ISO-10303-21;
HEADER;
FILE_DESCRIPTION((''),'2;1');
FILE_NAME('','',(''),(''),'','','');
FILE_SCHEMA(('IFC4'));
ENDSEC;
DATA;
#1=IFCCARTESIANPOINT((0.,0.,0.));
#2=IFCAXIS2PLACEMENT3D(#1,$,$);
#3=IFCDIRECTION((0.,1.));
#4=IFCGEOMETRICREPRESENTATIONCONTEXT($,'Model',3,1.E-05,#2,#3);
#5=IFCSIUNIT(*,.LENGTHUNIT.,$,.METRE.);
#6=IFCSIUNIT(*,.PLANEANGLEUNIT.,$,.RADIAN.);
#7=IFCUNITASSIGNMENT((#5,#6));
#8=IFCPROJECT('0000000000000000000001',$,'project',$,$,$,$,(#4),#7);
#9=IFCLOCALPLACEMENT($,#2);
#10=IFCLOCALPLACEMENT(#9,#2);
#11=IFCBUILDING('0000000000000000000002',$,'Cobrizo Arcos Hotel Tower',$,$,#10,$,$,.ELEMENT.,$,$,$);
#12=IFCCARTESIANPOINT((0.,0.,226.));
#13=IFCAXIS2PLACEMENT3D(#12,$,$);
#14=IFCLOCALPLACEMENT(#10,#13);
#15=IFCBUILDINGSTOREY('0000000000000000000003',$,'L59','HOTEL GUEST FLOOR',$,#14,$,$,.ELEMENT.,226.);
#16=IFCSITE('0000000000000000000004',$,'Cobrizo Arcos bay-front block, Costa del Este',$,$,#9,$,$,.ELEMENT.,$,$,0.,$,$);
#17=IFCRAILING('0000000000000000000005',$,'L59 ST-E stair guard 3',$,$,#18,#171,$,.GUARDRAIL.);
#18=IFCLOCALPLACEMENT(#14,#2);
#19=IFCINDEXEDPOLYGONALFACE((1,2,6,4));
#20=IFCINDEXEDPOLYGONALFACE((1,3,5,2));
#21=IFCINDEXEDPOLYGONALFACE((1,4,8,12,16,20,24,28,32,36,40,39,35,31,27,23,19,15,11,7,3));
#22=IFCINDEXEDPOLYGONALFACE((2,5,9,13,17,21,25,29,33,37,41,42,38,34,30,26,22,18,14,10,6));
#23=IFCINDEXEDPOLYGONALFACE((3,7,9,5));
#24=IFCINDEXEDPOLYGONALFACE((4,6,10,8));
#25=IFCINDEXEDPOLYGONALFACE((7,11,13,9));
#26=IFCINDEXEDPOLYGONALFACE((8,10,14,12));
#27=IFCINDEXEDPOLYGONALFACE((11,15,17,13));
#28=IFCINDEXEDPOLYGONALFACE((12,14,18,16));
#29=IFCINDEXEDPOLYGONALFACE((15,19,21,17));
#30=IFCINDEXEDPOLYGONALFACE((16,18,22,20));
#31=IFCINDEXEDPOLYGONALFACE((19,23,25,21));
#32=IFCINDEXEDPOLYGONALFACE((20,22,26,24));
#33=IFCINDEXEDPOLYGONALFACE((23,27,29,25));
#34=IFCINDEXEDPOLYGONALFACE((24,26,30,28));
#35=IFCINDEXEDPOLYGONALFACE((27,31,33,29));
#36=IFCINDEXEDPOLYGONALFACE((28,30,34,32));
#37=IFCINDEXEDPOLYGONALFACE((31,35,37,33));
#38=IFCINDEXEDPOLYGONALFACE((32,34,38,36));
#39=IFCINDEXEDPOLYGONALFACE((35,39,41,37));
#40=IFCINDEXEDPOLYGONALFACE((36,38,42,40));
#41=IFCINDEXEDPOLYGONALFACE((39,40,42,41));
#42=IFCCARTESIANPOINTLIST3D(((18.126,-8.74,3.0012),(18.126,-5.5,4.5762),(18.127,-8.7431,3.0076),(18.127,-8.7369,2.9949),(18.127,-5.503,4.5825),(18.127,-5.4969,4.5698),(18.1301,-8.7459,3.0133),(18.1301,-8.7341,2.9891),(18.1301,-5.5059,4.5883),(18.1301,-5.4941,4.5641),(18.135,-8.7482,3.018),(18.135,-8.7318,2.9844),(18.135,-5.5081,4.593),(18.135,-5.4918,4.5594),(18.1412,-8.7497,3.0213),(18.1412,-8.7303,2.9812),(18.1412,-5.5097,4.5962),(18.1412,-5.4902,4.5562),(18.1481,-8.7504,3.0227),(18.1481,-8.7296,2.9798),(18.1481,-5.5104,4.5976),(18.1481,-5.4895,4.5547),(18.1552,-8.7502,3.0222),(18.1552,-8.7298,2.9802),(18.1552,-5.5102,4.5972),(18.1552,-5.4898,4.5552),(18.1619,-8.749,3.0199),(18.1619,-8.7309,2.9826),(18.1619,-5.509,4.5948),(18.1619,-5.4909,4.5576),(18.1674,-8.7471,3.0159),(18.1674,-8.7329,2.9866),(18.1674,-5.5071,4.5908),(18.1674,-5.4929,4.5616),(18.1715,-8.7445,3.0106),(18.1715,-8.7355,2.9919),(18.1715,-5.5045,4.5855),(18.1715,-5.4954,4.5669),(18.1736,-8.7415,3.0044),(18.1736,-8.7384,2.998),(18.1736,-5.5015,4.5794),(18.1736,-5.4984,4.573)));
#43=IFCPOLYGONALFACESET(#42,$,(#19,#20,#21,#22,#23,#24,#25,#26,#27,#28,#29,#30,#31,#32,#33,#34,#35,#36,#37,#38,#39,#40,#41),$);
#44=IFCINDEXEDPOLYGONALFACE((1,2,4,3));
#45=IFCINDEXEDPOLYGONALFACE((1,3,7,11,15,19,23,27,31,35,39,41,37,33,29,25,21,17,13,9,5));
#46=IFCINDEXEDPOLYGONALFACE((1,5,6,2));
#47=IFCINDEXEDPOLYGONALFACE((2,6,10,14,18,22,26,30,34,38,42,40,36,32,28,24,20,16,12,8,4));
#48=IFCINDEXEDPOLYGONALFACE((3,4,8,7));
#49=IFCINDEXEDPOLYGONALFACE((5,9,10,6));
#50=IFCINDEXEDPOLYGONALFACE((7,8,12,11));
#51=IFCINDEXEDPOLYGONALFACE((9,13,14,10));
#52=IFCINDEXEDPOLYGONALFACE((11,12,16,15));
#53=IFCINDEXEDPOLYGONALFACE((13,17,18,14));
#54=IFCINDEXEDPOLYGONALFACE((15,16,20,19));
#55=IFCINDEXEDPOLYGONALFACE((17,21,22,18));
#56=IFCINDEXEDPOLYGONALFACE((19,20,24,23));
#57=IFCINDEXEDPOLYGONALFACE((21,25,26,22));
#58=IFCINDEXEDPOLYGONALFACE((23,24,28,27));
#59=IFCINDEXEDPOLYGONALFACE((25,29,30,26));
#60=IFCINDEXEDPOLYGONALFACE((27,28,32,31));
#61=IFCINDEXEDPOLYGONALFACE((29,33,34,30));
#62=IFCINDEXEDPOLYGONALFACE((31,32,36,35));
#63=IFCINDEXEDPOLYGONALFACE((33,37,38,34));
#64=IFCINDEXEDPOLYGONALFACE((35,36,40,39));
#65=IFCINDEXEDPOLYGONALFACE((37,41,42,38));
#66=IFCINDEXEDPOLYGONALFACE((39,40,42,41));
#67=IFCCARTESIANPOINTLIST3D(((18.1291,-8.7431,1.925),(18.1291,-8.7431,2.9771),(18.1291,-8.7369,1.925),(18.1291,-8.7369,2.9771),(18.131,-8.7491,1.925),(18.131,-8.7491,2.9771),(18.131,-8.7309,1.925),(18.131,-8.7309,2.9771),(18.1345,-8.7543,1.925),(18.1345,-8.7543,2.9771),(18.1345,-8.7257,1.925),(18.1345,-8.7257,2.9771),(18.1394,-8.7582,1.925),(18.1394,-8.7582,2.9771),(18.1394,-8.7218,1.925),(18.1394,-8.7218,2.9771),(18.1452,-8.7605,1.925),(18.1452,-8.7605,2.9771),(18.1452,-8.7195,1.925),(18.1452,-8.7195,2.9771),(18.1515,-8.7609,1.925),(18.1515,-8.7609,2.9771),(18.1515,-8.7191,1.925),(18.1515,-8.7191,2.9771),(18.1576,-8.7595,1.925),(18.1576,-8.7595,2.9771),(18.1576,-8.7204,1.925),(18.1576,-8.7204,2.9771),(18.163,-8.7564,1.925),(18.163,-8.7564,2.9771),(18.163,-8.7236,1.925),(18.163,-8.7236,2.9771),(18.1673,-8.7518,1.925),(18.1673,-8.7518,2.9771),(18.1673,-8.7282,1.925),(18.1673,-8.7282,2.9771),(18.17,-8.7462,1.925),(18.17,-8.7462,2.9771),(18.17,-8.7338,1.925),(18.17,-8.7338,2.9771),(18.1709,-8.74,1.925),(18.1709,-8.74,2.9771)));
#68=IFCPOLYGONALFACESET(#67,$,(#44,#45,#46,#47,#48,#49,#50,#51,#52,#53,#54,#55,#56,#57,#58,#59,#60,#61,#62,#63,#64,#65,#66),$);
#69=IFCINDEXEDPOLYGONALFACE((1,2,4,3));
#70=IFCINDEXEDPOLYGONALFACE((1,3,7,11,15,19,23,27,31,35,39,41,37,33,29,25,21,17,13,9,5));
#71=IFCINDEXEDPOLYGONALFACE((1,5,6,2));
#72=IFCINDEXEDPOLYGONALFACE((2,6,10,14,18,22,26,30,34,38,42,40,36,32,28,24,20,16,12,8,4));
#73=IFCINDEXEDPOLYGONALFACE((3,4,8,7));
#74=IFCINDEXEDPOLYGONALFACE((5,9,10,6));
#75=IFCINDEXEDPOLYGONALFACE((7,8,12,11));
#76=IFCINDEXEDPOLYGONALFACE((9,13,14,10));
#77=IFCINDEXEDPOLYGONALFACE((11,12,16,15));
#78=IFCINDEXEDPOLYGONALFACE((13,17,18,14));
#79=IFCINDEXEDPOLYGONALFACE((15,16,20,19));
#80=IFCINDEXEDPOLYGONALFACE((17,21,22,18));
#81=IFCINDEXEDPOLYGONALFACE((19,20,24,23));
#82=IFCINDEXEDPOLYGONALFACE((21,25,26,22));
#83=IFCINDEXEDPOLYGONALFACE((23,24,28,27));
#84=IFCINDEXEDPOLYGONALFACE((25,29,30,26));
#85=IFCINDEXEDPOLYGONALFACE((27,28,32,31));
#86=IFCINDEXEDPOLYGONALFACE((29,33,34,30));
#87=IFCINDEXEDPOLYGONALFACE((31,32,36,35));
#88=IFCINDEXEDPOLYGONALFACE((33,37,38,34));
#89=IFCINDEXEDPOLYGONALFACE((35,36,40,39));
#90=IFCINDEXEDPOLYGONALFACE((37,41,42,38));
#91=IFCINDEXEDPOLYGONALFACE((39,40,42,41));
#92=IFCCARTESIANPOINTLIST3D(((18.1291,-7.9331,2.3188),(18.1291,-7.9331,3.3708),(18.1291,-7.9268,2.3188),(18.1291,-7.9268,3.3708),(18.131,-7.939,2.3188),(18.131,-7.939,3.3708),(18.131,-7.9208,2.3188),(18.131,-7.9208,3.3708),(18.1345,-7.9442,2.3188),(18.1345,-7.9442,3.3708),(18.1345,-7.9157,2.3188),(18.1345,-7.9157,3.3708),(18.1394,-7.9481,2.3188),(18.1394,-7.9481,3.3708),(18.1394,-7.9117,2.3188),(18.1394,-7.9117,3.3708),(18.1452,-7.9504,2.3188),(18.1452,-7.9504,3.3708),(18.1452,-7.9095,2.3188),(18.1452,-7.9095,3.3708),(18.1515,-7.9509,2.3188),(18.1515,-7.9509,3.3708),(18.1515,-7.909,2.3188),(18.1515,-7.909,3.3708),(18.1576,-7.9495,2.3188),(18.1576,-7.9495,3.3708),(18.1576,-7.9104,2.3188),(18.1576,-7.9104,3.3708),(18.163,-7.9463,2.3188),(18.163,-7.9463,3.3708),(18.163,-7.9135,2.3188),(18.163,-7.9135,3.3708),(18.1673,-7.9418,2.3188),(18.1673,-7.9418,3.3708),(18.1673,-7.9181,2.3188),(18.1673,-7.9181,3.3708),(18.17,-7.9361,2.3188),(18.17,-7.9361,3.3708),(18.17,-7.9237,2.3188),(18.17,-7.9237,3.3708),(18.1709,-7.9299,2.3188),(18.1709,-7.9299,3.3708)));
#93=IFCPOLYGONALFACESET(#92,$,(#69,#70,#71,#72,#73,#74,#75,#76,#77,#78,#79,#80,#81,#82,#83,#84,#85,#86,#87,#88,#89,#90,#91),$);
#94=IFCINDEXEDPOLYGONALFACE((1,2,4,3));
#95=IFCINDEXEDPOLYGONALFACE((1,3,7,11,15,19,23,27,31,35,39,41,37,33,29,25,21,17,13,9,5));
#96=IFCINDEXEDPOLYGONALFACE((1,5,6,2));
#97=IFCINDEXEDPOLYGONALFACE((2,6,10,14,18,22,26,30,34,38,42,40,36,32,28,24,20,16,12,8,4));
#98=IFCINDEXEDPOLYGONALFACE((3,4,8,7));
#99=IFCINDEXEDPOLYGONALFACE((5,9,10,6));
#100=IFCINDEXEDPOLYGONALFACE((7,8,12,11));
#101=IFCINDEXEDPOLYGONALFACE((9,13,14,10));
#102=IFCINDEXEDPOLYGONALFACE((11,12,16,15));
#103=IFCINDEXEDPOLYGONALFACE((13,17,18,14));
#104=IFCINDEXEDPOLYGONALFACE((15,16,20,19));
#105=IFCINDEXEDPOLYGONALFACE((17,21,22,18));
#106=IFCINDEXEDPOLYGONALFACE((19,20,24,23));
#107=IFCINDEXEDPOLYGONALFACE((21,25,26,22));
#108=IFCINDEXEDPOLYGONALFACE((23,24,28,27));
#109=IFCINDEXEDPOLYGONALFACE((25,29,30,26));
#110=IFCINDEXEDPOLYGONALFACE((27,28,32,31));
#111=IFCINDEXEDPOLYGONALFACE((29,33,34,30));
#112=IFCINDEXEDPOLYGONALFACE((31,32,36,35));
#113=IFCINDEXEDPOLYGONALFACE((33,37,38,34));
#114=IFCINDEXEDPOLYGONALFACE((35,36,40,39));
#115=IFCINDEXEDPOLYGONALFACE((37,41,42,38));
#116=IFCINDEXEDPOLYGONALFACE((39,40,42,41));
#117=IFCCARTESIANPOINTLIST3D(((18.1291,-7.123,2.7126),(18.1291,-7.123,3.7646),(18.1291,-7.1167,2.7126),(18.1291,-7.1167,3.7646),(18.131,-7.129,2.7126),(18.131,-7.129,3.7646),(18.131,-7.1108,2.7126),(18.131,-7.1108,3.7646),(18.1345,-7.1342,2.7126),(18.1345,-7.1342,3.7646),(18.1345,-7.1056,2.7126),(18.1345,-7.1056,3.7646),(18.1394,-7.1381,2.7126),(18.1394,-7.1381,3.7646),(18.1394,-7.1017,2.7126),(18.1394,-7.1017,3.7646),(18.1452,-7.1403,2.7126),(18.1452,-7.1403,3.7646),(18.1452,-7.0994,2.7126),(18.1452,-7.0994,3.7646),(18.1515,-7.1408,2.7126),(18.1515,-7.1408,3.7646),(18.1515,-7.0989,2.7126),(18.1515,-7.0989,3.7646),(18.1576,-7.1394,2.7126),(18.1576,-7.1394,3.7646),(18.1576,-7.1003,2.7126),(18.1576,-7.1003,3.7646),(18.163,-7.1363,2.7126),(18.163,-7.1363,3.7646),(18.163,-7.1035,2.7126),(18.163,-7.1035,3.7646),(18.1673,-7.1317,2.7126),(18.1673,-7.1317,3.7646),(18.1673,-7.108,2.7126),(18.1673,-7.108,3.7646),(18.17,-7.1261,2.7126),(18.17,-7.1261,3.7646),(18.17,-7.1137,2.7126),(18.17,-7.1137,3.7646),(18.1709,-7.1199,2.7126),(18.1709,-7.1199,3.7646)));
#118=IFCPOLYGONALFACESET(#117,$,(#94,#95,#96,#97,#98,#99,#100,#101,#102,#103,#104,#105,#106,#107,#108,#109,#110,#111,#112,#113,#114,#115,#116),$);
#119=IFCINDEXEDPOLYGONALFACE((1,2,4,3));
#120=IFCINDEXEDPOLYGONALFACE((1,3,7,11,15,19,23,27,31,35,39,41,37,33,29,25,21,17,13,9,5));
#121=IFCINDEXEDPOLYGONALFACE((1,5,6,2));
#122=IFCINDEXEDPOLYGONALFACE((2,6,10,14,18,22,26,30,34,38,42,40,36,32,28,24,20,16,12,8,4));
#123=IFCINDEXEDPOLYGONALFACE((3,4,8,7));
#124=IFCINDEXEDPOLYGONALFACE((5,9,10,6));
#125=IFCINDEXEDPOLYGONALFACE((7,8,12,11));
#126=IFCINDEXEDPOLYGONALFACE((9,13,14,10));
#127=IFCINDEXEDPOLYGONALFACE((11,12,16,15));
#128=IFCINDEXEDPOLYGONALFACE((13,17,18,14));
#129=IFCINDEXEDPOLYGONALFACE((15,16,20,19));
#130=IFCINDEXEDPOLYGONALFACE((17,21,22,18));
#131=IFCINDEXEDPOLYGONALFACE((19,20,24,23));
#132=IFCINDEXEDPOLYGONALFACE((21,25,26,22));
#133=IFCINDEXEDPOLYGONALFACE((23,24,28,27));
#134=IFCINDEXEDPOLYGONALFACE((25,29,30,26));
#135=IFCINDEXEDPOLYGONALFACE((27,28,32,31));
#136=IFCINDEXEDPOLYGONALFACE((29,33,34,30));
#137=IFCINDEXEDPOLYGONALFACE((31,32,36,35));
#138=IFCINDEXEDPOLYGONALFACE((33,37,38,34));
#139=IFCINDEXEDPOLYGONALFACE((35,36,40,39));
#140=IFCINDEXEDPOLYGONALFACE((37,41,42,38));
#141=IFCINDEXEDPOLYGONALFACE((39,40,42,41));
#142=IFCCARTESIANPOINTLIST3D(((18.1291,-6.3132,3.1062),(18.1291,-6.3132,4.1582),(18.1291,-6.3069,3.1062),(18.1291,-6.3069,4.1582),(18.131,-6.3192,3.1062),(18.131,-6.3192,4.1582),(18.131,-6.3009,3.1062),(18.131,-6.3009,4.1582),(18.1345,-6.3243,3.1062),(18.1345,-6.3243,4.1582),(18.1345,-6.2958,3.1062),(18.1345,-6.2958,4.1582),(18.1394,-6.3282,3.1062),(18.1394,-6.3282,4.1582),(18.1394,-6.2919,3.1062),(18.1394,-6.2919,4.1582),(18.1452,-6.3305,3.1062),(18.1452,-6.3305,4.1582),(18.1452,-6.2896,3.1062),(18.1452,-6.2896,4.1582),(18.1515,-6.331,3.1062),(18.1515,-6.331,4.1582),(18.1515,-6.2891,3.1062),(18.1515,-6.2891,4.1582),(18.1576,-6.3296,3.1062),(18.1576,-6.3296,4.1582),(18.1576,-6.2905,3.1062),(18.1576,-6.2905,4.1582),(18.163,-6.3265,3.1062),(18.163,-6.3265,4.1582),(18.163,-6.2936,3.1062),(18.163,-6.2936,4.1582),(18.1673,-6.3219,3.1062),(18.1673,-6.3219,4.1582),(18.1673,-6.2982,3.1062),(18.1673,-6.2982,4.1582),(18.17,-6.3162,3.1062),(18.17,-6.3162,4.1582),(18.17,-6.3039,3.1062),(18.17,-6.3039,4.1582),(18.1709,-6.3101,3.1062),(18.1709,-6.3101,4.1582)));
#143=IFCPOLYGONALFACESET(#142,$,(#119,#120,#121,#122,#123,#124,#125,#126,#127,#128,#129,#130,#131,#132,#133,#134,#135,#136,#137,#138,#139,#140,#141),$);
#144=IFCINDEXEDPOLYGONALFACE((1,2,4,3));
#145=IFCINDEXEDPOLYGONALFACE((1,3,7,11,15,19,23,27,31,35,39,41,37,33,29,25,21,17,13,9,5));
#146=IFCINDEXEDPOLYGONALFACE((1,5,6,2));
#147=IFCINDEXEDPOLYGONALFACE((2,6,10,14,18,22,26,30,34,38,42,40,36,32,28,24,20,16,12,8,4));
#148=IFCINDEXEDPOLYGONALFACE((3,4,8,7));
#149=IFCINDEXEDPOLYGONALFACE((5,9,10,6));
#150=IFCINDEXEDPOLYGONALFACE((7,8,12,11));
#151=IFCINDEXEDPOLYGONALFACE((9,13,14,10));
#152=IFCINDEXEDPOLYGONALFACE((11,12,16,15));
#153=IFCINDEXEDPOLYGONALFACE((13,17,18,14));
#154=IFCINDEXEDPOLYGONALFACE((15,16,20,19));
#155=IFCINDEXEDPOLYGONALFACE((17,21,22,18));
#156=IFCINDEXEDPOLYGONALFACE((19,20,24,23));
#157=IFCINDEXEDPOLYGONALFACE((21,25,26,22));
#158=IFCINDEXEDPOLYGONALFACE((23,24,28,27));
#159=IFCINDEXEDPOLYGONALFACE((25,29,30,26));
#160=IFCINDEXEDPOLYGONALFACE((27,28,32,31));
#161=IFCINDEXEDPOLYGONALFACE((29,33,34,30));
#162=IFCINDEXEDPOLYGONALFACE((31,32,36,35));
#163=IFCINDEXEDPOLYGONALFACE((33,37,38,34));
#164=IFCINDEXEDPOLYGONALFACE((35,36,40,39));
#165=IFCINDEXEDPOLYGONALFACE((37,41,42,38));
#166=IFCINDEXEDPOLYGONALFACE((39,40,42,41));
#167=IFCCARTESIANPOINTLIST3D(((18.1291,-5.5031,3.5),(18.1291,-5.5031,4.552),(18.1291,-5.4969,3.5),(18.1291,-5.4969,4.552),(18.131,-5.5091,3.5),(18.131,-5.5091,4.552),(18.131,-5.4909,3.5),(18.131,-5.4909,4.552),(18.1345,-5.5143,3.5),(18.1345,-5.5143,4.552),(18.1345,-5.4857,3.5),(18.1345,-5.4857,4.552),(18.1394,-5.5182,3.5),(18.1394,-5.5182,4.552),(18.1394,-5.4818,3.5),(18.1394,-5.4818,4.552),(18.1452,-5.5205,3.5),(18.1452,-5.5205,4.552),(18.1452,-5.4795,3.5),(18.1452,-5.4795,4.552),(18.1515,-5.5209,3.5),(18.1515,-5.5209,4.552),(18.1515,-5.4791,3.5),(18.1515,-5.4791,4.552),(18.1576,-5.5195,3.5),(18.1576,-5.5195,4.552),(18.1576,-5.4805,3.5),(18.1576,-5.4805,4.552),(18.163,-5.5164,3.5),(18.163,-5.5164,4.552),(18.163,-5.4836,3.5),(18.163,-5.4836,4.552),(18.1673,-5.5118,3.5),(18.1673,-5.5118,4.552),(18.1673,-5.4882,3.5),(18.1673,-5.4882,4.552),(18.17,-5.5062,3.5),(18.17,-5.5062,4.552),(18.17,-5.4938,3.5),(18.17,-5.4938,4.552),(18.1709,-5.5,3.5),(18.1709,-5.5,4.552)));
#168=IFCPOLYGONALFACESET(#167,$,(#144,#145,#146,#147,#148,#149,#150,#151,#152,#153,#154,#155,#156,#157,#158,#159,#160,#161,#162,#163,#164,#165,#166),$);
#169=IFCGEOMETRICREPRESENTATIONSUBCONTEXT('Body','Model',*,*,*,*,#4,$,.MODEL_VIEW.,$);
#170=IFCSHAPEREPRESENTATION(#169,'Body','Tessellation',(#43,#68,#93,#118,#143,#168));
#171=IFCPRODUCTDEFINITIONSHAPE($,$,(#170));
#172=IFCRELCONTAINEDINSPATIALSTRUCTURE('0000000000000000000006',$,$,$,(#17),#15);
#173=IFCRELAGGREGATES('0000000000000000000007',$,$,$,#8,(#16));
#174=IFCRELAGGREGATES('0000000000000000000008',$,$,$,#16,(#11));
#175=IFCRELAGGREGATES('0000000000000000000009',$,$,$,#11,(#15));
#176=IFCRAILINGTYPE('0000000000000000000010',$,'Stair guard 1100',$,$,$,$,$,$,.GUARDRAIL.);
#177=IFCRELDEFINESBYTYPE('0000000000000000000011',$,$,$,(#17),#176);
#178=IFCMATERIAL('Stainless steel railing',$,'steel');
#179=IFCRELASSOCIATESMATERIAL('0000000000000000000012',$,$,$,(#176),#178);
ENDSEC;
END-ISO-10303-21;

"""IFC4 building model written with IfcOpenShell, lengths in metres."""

from ifc_helpers import new_model, si_unit, direction, frame, origin, origin_2d, place, context, subcontext, project, spatial, circle, extrude, material, type_object, element, save


model = new_model("IFC4")

# Units and contexts
model_context = context("Model", 3, precision=1e-05, world=origin(), true_north=direction((0.0, 1.0)))
body_context = subcontext(model_context, "Body", "Model", "MODEL_VIEW")
ifc_project = project(units=[si_unit("LENGTHUNIT", "METRE"), si_unit("PLANEANGLEUNIT", "RADIAN")], contexts=[model_context])

# Site, building, storey
site_placement = place(None, origin())
site = spatial("IfcSite", under=ifc_project, at=site_placement, Name="Cobrizo Arcos bay-front block, Costa del Este", CompositionType="ELEMENT", RefElevation=0.0)
building_placement = place(site_placement, origin())
building = spatial("IfcBuilding", under=site, at=building_placement, Name="Cobrizo Arcos Hotel Tower", CompositionType="ELEMENT")
storey_placement = place(building_placement, frame((0.0, 0.0, 226.0)))
storey = spatial("IfcBuildingStorey", under=building, at=storey_placement, Name="L59", Description="HOTEL GUEST FLOOR", CompositionType="ELEMENT", Elevation=226.0)

# Railing
ifc_material_1 = material(Name="Stainless steel railing", Category="steel")
railing_type_1 = type_object("IfcRailingType", Name="Stair guard 1100", PredefinedType="GUARDRAIL", material=ifc_material_1)
railing_1_placement = place(storey_placement, frame((18.1499, -8.74, 1.925)))
element("IfcRailing", 1, at=railing_1_placement, inside=storey, type_object=railing_type_1, Name="L59 ST-E stair guard 3", PredefinedType="GUARDRAIL", context=body_context, shape_type="SweptSolid", body=[
    extrude(circle(Radius=0.0239, at=origin_2d()), frame((0.0, 0.0, 1.0762), z_axis=(0.0, 0.899373, 0.437183), x_axis=(-1.0, 0.0, 0.0)), (0.0, 0.0, 1.0), 3.6025),
    extrude(circle(Radius=0.021, at=origin_2d()), origin(), (0.0, 0.0, 1.0), 1.052),
    extrude(circle(Radius=0.021, at=origin_2d()), frame((0.0, 0.8101, 0.3938)), (0.0, 0.0, 1.0), 1.052),
    extrude(circle(Radius=0.021, at=origin_2d()), frame((0.0, 1.6201, 0.7876)), (0.0, 0.0, 1.0), 1.052),
    extrude(circle(Radius=0.021, at=origin_2d()), frame((0.0, 2.4299, 1.1812)), (0.0, 0.0, 1.0), 1.052),
    extrude(circle(Radius=0.021, at=origin_2d()), frame((0.0, 3.24, 1.575)), (0.0, 0.0, 1.0), 1.052),
])

save(model, "model.ifc")
